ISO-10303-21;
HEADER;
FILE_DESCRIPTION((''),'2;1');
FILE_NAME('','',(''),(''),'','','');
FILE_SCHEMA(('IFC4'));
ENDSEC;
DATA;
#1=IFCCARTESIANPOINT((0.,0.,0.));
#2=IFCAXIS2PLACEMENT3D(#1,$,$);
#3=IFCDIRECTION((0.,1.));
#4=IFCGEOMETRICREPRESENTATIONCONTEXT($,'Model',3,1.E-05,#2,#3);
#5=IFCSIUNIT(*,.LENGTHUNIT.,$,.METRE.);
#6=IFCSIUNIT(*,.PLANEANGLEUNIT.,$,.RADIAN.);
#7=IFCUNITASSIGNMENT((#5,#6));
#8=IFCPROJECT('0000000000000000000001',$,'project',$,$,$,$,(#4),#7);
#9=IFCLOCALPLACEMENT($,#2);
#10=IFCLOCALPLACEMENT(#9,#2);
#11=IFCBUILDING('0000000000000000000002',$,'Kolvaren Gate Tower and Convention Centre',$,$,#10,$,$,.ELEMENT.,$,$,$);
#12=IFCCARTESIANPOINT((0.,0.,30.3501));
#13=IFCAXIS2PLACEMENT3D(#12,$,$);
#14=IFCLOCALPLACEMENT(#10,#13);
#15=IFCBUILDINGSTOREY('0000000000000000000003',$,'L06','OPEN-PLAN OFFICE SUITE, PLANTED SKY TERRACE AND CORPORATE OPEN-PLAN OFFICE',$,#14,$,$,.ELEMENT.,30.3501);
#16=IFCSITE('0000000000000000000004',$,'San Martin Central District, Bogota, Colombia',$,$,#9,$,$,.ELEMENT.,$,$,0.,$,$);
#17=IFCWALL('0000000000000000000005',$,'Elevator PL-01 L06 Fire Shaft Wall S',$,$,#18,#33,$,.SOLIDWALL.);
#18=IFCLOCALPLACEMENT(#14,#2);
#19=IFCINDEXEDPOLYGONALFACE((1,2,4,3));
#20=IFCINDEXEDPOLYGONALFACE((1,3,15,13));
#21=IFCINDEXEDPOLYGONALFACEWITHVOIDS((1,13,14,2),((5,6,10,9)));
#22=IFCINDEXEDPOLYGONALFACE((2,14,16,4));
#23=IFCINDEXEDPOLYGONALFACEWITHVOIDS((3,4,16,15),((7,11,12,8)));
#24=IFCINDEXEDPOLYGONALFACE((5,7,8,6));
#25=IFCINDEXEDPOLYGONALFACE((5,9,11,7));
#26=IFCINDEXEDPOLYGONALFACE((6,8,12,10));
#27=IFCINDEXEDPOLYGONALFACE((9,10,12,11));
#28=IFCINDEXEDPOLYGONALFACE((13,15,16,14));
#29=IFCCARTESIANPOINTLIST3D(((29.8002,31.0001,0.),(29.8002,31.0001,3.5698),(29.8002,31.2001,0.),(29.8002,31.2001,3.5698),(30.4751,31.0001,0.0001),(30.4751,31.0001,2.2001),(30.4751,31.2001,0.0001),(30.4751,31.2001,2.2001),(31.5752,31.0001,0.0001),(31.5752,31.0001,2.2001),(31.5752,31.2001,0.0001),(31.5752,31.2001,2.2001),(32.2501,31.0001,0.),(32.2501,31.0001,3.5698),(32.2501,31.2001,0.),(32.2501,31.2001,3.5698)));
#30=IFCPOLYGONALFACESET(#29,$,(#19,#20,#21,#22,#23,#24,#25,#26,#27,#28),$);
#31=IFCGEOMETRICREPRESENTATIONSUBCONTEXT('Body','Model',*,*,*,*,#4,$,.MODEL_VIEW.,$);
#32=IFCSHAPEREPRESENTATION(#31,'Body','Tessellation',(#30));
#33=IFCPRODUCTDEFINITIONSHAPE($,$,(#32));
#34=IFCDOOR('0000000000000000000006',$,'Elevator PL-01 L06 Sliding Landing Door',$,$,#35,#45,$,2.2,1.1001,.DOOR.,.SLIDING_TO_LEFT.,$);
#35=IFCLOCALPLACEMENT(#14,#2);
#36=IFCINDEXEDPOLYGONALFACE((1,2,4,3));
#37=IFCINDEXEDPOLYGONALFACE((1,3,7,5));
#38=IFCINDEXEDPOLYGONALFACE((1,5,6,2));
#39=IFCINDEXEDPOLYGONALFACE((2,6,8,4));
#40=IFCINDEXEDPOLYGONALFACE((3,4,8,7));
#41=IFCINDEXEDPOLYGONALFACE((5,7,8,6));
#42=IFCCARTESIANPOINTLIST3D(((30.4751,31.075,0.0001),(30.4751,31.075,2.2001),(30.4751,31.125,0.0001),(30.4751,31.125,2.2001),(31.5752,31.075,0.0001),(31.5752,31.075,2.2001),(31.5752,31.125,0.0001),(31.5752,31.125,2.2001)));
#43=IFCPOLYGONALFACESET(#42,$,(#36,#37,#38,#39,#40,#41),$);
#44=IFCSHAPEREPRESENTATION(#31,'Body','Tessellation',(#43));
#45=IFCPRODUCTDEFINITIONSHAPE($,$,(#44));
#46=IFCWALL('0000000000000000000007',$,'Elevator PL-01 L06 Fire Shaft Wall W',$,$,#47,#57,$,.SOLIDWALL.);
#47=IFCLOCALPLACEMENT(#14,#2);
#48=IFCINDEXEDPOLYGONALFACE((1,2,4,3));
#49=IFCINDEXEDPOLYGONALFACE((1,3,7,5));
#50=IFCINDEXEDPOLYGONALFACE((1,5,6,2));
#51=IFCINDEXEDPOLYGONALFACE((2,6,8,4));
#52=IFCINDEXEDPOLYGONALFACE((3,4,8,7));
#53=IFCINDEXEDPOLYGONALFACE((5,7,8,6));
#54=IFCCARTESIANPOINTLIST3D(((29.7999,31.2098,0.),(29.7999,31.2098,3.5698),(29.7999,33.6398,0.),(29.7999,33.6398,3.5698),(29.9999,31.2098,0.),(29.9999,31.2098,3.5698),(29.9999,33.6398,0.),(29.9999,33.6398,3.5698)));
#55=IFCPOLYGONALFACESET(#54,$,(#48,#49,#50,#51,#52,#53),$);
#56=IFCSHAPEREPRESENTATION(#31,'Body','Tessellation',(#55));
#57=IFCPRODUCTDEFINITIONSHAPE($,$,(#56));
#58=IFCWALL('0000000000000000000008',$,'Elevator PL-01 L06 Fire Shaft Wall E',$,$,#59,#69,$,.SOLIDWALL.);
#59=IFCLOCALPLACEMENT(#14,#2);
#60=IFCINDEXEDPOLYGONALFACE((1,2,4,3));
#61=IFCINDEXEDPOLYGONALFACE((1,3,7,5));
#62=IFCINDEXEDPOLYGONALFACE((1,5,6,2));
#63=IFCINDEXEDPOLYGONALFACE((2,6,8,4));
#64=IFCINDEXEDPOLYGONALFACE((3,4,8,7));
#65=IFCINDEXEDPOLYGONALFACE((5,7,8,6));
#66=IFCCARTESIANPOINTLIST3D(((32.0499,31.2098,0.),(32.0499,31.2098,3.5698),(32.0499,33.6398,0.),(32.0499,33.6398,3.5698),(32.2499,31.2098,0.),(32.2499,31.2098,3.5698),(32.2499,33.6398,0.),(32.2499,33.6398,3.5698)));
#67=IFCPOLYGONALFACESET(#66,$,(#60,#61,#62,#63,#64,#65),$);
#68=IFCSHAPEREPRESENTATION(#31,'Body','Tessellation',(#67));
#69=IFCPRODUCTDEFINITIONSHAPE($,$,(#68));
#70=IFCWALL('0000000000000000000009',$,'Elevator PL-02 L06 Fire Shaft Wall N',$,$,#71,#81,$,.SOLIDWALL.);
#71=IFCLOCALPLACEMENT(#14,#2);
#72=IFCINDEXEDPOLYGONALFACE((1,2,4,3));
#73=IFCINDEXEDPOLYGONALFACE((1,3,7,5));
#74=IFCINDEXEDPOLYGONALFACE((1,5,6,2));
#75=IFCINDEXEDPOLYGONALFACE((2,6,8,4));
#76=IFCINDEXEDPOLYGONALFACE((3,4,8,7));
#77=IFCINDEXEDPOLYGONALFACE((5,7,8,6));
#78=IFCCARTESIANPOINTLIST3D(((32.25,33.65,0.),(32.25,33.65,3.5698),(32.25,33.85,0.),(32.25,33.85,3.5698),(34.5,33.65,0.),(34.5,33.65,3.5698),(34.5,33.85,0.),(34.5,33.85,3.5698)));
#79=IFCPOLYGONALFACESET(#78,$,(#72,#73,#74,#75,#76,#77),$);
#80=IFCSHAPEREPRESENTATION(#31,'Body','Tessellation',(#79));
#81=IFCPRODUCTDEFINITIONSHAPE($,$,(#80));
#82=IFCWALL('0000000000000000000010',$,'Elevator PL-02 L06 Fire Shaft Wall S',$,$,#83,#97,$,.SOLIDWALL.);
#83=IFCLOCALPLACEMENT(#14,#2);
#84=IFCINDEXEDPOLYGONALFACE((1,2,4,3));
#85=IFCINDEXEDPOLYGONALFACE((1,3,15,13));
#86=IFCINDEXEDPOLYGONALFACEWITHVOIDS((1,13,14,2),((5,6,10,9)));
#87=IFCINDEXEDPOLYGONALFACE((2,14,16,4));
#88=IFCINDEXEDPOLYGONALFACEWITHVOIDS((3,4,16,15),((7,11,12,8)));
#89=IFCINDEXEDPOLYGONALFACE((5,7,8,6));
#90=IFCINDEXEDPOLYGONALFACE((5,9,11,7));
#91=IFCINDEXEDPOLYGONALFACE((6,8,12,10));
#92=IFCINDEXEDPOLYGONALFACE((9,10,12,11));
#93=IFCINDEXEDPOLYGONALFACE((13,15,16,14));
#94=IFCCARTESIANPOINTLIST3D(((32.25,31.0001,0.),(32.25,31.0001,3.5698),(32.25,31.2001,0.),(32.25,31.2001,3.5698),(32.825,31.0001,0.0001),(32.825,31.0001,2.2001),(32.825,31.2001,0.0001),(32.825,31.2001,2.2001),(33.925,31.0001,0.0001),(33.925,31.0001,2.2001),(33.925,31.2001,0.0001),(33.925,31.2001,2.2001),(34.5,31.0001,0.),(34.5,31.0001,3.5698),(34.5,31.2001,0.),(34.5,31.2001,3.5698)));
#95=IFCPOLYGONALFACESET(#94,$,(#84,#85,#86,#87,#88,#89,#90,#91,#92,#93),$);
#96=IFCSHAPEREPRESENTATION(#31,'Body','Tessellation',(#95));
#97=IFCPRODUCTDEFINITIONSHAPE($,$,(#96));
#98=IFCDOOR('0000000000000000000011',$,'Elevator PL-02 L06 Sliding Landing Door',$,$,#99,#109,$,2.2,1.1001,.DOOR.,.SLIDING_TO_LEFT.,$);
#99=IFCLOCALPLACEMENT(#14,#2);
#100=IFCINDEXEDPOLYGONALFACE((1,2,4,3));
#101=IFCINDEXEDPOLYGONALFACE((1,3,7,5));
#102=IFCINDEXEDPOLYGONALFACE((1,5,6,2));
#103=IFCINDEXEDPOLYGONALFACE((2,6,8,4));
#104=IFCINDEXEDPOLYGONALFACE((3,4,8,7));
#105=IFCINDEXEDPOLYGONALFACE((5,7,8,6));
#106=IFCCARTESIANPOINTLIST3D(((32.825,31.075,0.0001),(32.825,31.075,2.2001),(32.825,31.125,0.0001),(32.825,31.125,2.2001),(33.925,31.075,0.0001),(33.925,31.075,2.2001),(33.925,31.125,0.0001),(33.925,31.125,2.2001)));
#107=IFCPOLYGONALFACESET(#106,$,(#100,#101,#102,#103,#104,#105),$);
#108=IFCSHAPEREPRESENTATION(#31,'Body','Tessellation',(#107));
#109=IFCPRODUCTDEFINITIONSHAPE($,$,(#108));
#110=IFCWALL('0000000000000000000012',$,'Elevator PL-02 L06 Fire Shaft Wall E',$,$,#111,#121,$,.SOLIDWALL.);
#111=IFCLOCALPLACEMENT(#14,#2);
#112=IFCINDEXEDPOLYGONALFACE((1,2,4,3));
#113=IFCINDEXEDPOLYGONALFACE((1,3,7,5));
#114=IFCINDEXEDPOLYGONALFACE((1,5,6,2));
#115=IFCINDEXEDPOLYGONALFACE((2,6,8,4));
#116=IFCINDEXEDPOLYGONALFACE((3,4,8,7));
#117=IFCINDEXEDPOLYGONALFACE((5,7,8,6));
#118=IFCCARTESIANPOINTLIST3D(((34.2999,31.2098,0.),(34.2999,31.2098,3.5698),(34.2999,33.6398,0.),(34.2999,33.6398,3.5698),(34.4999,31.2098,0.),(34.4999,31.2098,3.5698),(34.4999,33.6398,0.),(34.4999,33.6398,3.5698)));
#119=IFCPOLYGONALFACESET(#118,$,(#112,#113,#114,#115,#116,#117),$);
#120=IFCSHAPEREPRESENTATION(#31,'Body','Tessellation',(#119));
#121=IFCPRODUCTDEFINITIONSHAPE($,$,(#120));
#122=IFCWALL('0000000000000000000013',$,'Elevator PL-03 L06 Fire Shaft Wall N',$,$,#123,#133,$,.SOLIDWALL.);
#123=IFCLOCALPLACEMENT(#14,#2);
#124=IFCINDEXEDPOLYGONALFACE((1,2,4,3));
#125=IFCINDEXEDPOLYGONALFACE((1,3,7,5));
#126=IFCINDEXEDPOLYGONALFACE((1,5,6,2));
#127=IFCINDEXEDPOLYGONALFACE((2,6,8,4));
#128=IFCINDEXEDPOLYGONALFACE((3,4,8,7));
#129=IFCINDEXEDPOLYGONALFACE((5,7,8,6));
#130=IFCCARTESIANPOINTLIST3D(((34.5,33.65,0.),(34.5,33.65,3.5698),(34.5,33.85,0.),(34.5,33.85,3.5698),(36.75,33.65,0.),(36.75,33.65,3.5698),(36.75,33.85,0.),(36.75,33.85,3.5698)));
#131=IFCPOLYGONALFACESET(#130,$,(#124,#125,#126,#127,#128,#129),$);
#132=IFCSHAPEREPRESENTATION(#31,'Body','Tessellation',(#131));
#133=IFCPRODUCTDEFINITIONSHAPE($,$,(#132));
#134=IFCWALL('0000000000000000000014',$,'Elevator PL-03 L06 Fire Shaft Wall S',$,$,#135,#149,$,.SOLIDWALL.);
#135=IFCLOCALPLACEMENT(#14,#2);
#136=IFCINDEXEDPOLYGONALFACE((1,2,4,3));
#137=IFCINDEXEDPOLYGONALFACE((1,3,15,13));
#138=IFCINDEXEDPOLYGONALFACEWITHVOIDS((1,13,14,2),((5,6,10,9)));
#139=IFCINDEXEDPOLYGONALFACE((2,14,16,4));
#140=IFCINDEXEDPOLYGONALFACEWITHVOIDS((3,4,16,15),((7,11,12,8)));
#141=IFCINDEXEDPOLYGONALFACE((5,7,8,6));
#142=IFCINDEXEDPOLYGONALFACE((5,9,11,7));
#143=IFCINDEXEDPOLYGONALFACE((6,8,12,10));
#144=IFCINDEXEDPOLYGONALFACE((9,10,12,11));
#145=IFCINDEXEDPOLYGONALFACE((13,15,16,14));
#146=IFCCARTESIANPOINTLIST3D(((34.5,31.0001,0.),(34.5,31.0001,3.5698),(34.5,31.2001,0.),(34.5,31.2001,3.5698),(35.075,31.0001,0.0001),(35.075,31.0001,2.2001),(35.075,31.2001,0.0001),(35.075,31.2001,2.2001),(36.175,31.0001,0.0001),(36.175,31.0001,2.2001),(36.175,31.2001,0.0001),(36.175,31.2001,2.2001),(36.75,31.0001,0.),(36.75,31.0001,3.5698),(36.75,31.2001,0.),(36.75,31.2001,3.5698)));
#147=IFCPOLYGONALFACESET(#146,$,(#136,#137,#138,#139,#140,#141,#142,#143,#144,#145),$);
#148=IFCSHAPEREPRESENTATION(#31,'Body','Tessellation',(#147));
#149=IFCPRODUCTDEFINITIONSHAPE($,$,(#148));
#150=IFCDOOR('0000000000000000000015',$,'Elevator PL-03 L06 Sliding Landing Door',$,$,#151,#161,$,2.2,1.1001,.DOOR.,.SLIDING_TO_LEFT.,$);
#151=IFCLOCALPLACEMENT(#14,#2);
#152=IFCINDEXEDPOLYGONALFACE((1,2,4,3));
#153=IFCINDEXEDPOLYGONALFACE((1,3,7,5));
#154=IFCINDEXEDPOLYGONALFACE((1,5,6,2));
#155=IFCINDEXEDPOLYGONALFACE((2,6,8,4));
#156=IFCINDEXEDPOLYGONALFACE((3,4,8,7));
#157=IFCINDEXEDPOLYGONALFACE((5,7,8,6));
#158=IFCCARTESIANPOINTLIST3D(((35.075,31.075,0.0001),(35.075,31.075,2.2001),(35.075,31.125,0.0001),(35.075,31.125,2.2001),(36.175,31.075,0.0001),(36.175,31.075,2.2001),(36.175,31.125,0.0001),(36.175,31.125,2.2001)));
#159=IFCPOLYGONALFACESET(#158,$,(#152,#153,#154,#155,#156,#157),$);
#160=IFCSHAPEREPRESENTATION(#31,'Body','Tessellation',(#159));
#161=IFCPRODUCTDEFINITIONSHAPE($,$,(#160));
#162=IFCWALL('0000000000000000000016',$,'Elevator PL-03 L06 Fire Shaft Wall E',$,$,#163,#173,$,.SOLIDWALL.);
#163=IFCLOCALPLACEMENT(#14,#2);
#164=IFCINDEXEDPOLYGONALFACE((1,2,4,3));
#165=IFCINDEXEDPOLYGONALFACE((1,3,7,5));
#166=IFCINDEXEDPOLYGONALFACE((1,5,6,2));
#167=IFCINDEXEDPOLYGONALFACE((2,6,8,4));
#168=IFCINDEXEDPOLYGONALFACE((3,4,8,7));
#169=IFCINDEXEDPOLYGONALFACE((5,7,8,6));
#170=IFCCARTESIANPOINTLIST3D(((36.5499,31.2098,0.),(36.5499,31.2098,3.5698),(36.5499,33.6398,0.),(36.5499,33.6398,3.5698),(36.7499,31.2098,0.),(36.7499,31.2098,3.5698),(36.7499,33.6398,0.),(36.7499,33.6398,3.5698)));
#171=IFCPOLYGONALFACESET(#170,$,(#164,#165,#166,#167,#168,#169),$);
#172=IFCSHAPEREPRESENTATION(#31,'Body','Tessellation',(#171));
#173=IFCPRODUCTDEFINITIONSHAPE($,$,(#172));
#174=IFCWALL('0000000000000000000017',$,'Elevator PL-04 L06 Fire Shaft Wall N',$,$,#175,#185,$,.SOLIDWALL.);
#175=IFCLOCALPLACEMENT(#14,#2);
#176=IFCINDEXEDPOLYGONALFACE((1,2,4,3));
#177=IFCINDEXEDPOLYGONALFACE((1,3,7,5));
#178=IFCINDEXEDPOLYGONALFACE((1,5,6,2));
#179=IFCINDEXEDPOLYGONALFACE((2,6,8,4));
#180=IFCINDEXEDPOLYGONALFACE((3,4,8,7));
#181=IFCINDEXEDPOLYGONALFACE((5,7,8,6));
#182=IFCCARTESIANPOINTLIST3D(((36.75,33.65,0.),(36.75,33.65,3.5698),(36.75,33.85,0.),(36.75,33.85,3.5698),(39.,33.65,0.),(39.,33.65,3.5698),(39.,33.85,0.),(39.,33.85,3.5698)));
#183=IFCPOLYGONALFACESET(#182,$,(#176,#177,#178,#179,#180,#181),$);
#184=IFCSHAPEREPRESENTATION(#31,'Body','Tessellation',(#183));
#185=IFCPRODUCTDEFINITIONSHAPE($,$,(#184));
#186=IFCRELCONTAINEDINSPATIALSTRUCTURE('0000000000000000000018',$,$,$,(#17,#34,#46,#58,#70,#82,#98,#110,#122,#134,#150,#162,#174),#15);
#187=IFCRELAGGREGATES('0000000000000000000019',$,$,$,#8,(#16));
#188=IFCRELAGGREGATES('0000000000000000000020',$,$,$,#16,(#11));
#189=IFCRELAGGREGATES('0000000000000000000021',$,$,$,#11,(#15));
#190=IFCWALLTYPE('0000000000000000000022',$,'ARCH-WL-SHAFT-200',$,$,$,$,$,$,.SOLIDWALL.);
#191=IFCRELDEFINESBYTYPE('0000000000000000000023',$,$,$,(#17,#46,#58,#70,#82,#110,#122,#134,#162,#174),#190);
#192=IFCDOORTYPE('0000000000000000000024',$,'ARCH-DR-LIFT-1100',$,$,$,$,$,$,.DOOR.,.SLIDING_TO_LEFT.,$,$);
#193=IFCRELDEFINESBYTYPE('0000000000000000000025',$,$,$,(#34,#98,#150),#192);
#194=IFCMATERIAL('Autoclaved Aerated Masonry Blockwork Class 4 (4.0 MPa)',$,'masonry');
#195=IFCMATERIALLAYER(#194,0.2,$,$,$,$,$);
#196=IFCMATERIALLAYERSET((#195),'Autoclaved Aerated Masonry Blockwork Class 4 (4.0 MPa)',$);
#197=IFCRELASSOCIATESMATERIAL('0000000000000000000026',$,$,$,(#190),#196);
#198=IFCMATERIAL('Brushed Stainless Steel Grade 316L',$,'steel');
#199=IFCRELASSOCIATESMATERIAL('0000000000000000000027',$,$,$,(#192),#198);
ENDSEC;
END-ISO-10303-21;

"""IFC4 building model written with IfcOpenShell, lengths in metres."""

from ifc_helpers import new_model, si_unit, direction, frame, frame_2d, origin, place, context, subcontext, project, spatial, rectangle, extrude, material, layer, layer_set, type_object, element, fill, save


model = new_model("IFC4")

# Units and contexts
model_context = context("Model", 3, precision=1e-05, world=origin(), true_north=direction((0.0, 1.0)))
body_context = subcontext(model_context, "Body", "Model", "MODEL_VIEW")
ifc_project = project(units=[si_unit("LENGTHUNIT", "METRE"), si_unit("PLANEANGLEUNIT", "RADIAN")], contexts=[model_context])

# Site, building, storey
site_placement = place(None, origin())
site = spatial("IfcSite", under=ifc_project, at=site_placement, Name="San Martin Central District, Bogota, Colombia", CompositionType="ELEMENT", RefElevation=0.0)
building_placement = place(site_placement, origin())
building = spatial("IfcBuilding", under=site, at=building_placement, Name="Kolvaren Gate Tower and Convention Centre", CompositionType="ELEMENT")
storey_placement = place(building_placement, frame((0.0, 0.0, 30.3501)))
storey = spatial("IfcBuildingStorey", under=building, at=storey_placement, Name="L06", Description="OPEN-PLAN OFFICE SUITE, PLANTED SKY TERRACE AND CORPORATE OPEN-PLAN OFFICE", CompositionType="ELEMENT", Elevation=30.3501)

# Shared definitions
ifc_material_1 = material(Name="Autoclaved Aerated Masonry Blockwork Class 4 (4.0 MPa)", Category="masonry")
ifc_layer_1 = layer(ifc_material_1, 0.2)
ifc_layer_set_1 = layer_set([ifc_layer_1], Name="Autoclaved Aerated Masonry Blockwork Class 4 (4.0 MPa)")
wall_type_1 = type_object("IfcWallType", Name="ARCH-WL-SHAFT-200", PredefinedType="SOLIDWALL", material=ifc_layer_set_1)

# Wall, opening, door
wall_1_placement = place(storey_placement, frame((29.8, 31.1001, 0.0), z_axis=(0.0, 0.0, 1.0), x_axis=(1.0, 0.0, 0.0)))
wall_1 = element("IfcWall", 1, at=wall_1_placement, inside=storey, type_object=wall_type_1, Name="Elevator PL-01 L06 Fire Shaft Wall S", PredefinedType="SOLIDWALL", context=body_context, shape_type="SweptSolid", body=[
    extrude(rectangle(XDim=2.45, YDim=0.2, at=frame_2d((1.2251, 0.0))), origin(), (0.0, 0.0, 1.0), 3.5698),
])
opening_1_placement = place(wall_1_placement, frame((0.675, 0.0, 0.0)))
opening_1 = element("IfcOpeningElement", 2, at=opening_1_placement, cuts=wall_1, PredefinedType="OPENING", context=body_context, shape_type="SweptSolid", body=[
    extrude(rectangle(XDim=1.1001, YDim=2.2, at=frame_2d((0.55, 1.1001))), frame((0.0, 0.1099, 0.0), z_axis=(0.0, -1.0, 0.0), x_axis=(1.0, 0.0, 0.0)), (0.0, 0.0, 1.0), 0.22),
])
ifc_material_2 = material(Name="Brushed Stainless Steel Grade 316L", Category="steel")
door_type_1 = type_object("IfcDoorType", Name="ARCH-DR-LIFT-1100", OperationType="SLIDING_TO_LEFT", PredefinedType="DOOR", material=ifc_material_2)
door_1_placement = place(opening_1_placement, origin())
door_1 = element("IfcDoor", 3, at=door_1_placement, inside=storey, type_object=door_type_1, Name="Elevator PL-01 L06 Sliding Landing Door", OperationType="SLIDING_TO_LEFT", OverallHeight=2.2, OverallWidth=1.1001, PredefinedType="DOOR", context=body_context, shape_type="SweptSolid", body=[
    extrude(rectangle(XDim=1.1001, YDim=2.2, at=frame_2d((0.55, 1.1001))), frame((0.0, 0.0249, 0.0), z_axis=(0.0, -1.0, 0.0), x_axis=(1.0, 0.0, 0.0)), (0.0, 0.0, 1.0), 0.05),
])
fill(opening_1, door_1)

# Walls
for number, where, z_axis, x_axis, name in (
    (4, (29.8999, 31.21, 0.0), (0.0, 0.0, 1.0), (0.0, 1.0, 0.0), "Elevator PL-01 L06 Fire Shaft Wall W"),
    (5, (32.1499, 31.21, 0.0), (0.0, 0.0, 1.0), (0.0, 1.0, 0.0), "Elevator PL-01 L06 Fire Shaft Wall E"),
):
    element("IfcWall", number, at=place(storey_placement, frame(where, z_axis=z_axis, x_axis=x_axis)), inside=storey, type_object=wall_type_1, Name=name, PredefinedType="SOLIDWALL", context=body_context, shape_type="SweptSolid", body=[
        extrude(rectangle(XDim=2.4299, YDim=0.2, at=frame_2d((1.2148, 0.0))), origin(), (0.0, 0.0, 1.0), 3.5698),
    ])
wall_2_placement = place(storey_placement, frame((32.25, 33.75, 0.0), z_axis=(0.0, 0.0, 1.0), x_axis=(1.0, 0.0, 0.0)))
element("IfcWall", 6, at=wall_2_placement, inside=storey, type_object=wall_type_1, Name="Elevator PL-02 L06 Fire Shaft Wall N", PredefinedType="SOLIDWALL", context=body_context, shape_type="SweptSolid", body=[
    extrude(rectangle(XDim=2.25, YDim=0.2, at=frame_2d((1.125, 0.0))), origin(), (0.0, 0.0, 1.0), 3.5698),
])

# Wall, opening, door
wall_3_placement = place(storey_placement, frame((32.25, 31.1001, 0.0), z_axis=(0.0, 0.0, 1.0), x_axis=(1.0, 0.0, 0.0)))
wall_3 = element("IfcWall", 7, at=wall_3_placement, inside=storey, type_object=wall_type_1, Name="Elevator PL-02 L06 Fire Shaft Wall S", PredefinedType="SOLIDWALL", context=body_context, shape_type="SweptSolid", body=[
    extrude(rectangle(XDim=2.25, YDim=0.2, at=frame_2d((1.125, 0.0))), origin(), (0.0, 0.0, 1.0), 3.5698),
])
opening_2_placement = place(wall_3_placement, frame((0.575, 0.0, 0.0)))
opening_2 = element("IfcOpeningElement", 8, at=opening_2_placement, cuts=wall_3, PredefinedType="OPENING", context=body_context, shape_type="SweptSolid", body=[
    extrude(rectangle(XDim=1.1001, YDim=2.2, at=frame_2d((0.55, 1.1001))), frame((0.0, 0.1099, 0.0), z_axis=(0.0, -1.0, 0.0), x_axis=(1.0, 0.0, 0.0)), (0.0, 0.0, 1.0), 0.22),
])
door_2_placement = place(opening_2_placement, origin())
door_2 = element("IfcDoor", 9, at=door_2_placement, inside=storey, type_object=door_type_1, Name="Elevator PL-02 L06 Sliding Landing Door", OperationType="SLIDING_TO_LEFT", OverallHeight=2.2, OverallWidth=1.1001, PredefinedType="DOOR", context=body_context, shape_type="SweptSolid", body=[
    extrude(rectangle(XDim=1.1001, YDim=2.2, at=frame_2d((0.55, 1.1001))), frame((0.0, 0.0249, 0.0), z_axis=(0.0, -1.0, 0.0), x_axis=(1.0, 0.0, 0.0)), (0.0, 0.0, 1.0), 0.05),
])
fill(opening_2, door_2)

# Walls
wall_4_placement = place(storey_placement, frame((34.3999, 31.21, 0.0), z_axis=(0.0, 0.0, 1.0), x_axis=(0.0, 1.0, 0.0)))
element("IfcWall", 10, at=wall_4_placement, inside=storey, type_object=wall_type_1, Name="Elevator PL-02 L06 Fire Shaft Wall E", PredefinedType="SOLIDWALL", context=body_context, shape_type="SweptSolid", body=[
    extrude(rectangle(XDim=2.4299, YDim=0.2, at=frame_2d((1.2148, 0.0))), origin(), (0.0, 0.0, 1.0), 3.5698),
])
wall_5_placement = place(storey_placement, frame((34.5, 33.75, 0.0), z_axis=(0.0, 0.0, 1.0), x_axis=(1.0, 0.0, 0.0)))
element("IfcWall", 11, at=wall_5_placement, inside=storey, type_object=wall_type_1, Name="Elevator PL-03 L06 Fire Shaft Wall N", PredefinedType="SOLIDWALL", context=body_context, shape_type="SweptSolid", body=[
    extrude(rectangle(XDim=2.25, YDim=0.2, at=frame_2d((1.125, 0.0))), origin(), (0.0, 0.0, 1.0), 3.5698),
])

# Wall, opening, door
wall_6_placement = place(storey_placement, frame((34.5, 31.1001, 0.0), z_axis=(0.0, 0.0, 1.0), x_axis=(1.0, 0.0, 0.0)))
wall_6 = element("IfcWall", 12, at=wall_6_placement, inside=storey, type_object=wall_type_1, Name="Elevator PL-03 L06 Fire Shaft Wall S", PredefinedType="SOLIDWALL", context=body_context, shape_type="SweptSolid", body=[
    extrude(rectangle(XDim=2.25, YDim=0.2, at=frame_2d((1.125, 0.0))), origin(), (0.0, 0.0, 1.0), 3.5698),
])
opening_3_placement = place(wall_6_placement, frame((0.575, 0.0, 0.0)))
opening_3 = element("IfcOpeningElement", 13, at=opening_3_placement, cuts=wall_6, PredefinedType="OPENING", context=body_context, shape_type="SweptSolid", body=[
    extrude(rectangle(XDim=1.1001, YDim=2.2, at=frame_2d((0.55, 1.1001))), frame((0.0, 0.1099, 0.0), z_axis=(0.0, -1.0, 0.0), x_axis=(1.0, 0.0, 0.0)), (0.0, 0.0, 1.0), 0.22),
])
door_3_placement = place(opening_3_placement, origin())
door_3 = element("IfcDoor", 14, at=door_3_placement, inside=storey, type_object=door_type_1, Name="Elevator PL-03 L06 Sliding Landing Door", OperationType="SLIDING_TO_LEFT", OverallHeight=2.2, OverallWidth=1.1001, PredefinedType="DOOR", context=body_context, shape_type="SweptSolid", body=[
    extrude(rectangle(XDim=1.1001, YDim=2.2, at=frame_2d((0.55, 1.1001))), frame((0.0, 0.0249, 0.0), z_axis=(0.0, -1.0, 0.0), x_axis=(1.0, 0.0, 0.0)), (0.0, 0.0, 1.0), 0.05),
])
fill(opening_3, door_3)

# Walls
wall_7_placement = place(storey_placement, frame((36.6499, 31.21, 0.0), z_axis=(0.0, 0.0, 1.0), x_axis=(0.0, 1.0, 0.0)))
element("IfcWall", 15, at=wall_7_placement, inside=storey, type_object=wall_type_1, Name="Elevator PL-03 L06 Fire Shaft Wall E", PredefinedType="SOLIDWALL", context=body_context, shape_type="SweptSolid", body=[
    extrude(rectangle(XDim=2.4299, YDim=0.2, at=frame_2d((1.2148, 0.0))), origin(), (0.0, 0.0, 1.0), 3.5698),
])
wall_8_placement = place(storey_placement, frame((36.75, 33.75, 0.0), z_axis=(0.0, 0.0, 1.0), x_axis=(1.0, 0.0, 0.0)))
element("IfcWall", 16, at=wall_8_placement, inside=storey, type_object=wall_type_1, Name="Elevator PL-04 L06 Fire Shaft Wall N", PredefinedType="SOLIDWALL", context=body_context, shape_type="SweptSolid", body=[
    extrude(rectangle(XDim=2.25, YDim=0.2, at=frame_2d((1.125, 0.0))), origin(), (0.0, 0.0, 1.0), 3.5698),
])

save(model, "model.ifc")
